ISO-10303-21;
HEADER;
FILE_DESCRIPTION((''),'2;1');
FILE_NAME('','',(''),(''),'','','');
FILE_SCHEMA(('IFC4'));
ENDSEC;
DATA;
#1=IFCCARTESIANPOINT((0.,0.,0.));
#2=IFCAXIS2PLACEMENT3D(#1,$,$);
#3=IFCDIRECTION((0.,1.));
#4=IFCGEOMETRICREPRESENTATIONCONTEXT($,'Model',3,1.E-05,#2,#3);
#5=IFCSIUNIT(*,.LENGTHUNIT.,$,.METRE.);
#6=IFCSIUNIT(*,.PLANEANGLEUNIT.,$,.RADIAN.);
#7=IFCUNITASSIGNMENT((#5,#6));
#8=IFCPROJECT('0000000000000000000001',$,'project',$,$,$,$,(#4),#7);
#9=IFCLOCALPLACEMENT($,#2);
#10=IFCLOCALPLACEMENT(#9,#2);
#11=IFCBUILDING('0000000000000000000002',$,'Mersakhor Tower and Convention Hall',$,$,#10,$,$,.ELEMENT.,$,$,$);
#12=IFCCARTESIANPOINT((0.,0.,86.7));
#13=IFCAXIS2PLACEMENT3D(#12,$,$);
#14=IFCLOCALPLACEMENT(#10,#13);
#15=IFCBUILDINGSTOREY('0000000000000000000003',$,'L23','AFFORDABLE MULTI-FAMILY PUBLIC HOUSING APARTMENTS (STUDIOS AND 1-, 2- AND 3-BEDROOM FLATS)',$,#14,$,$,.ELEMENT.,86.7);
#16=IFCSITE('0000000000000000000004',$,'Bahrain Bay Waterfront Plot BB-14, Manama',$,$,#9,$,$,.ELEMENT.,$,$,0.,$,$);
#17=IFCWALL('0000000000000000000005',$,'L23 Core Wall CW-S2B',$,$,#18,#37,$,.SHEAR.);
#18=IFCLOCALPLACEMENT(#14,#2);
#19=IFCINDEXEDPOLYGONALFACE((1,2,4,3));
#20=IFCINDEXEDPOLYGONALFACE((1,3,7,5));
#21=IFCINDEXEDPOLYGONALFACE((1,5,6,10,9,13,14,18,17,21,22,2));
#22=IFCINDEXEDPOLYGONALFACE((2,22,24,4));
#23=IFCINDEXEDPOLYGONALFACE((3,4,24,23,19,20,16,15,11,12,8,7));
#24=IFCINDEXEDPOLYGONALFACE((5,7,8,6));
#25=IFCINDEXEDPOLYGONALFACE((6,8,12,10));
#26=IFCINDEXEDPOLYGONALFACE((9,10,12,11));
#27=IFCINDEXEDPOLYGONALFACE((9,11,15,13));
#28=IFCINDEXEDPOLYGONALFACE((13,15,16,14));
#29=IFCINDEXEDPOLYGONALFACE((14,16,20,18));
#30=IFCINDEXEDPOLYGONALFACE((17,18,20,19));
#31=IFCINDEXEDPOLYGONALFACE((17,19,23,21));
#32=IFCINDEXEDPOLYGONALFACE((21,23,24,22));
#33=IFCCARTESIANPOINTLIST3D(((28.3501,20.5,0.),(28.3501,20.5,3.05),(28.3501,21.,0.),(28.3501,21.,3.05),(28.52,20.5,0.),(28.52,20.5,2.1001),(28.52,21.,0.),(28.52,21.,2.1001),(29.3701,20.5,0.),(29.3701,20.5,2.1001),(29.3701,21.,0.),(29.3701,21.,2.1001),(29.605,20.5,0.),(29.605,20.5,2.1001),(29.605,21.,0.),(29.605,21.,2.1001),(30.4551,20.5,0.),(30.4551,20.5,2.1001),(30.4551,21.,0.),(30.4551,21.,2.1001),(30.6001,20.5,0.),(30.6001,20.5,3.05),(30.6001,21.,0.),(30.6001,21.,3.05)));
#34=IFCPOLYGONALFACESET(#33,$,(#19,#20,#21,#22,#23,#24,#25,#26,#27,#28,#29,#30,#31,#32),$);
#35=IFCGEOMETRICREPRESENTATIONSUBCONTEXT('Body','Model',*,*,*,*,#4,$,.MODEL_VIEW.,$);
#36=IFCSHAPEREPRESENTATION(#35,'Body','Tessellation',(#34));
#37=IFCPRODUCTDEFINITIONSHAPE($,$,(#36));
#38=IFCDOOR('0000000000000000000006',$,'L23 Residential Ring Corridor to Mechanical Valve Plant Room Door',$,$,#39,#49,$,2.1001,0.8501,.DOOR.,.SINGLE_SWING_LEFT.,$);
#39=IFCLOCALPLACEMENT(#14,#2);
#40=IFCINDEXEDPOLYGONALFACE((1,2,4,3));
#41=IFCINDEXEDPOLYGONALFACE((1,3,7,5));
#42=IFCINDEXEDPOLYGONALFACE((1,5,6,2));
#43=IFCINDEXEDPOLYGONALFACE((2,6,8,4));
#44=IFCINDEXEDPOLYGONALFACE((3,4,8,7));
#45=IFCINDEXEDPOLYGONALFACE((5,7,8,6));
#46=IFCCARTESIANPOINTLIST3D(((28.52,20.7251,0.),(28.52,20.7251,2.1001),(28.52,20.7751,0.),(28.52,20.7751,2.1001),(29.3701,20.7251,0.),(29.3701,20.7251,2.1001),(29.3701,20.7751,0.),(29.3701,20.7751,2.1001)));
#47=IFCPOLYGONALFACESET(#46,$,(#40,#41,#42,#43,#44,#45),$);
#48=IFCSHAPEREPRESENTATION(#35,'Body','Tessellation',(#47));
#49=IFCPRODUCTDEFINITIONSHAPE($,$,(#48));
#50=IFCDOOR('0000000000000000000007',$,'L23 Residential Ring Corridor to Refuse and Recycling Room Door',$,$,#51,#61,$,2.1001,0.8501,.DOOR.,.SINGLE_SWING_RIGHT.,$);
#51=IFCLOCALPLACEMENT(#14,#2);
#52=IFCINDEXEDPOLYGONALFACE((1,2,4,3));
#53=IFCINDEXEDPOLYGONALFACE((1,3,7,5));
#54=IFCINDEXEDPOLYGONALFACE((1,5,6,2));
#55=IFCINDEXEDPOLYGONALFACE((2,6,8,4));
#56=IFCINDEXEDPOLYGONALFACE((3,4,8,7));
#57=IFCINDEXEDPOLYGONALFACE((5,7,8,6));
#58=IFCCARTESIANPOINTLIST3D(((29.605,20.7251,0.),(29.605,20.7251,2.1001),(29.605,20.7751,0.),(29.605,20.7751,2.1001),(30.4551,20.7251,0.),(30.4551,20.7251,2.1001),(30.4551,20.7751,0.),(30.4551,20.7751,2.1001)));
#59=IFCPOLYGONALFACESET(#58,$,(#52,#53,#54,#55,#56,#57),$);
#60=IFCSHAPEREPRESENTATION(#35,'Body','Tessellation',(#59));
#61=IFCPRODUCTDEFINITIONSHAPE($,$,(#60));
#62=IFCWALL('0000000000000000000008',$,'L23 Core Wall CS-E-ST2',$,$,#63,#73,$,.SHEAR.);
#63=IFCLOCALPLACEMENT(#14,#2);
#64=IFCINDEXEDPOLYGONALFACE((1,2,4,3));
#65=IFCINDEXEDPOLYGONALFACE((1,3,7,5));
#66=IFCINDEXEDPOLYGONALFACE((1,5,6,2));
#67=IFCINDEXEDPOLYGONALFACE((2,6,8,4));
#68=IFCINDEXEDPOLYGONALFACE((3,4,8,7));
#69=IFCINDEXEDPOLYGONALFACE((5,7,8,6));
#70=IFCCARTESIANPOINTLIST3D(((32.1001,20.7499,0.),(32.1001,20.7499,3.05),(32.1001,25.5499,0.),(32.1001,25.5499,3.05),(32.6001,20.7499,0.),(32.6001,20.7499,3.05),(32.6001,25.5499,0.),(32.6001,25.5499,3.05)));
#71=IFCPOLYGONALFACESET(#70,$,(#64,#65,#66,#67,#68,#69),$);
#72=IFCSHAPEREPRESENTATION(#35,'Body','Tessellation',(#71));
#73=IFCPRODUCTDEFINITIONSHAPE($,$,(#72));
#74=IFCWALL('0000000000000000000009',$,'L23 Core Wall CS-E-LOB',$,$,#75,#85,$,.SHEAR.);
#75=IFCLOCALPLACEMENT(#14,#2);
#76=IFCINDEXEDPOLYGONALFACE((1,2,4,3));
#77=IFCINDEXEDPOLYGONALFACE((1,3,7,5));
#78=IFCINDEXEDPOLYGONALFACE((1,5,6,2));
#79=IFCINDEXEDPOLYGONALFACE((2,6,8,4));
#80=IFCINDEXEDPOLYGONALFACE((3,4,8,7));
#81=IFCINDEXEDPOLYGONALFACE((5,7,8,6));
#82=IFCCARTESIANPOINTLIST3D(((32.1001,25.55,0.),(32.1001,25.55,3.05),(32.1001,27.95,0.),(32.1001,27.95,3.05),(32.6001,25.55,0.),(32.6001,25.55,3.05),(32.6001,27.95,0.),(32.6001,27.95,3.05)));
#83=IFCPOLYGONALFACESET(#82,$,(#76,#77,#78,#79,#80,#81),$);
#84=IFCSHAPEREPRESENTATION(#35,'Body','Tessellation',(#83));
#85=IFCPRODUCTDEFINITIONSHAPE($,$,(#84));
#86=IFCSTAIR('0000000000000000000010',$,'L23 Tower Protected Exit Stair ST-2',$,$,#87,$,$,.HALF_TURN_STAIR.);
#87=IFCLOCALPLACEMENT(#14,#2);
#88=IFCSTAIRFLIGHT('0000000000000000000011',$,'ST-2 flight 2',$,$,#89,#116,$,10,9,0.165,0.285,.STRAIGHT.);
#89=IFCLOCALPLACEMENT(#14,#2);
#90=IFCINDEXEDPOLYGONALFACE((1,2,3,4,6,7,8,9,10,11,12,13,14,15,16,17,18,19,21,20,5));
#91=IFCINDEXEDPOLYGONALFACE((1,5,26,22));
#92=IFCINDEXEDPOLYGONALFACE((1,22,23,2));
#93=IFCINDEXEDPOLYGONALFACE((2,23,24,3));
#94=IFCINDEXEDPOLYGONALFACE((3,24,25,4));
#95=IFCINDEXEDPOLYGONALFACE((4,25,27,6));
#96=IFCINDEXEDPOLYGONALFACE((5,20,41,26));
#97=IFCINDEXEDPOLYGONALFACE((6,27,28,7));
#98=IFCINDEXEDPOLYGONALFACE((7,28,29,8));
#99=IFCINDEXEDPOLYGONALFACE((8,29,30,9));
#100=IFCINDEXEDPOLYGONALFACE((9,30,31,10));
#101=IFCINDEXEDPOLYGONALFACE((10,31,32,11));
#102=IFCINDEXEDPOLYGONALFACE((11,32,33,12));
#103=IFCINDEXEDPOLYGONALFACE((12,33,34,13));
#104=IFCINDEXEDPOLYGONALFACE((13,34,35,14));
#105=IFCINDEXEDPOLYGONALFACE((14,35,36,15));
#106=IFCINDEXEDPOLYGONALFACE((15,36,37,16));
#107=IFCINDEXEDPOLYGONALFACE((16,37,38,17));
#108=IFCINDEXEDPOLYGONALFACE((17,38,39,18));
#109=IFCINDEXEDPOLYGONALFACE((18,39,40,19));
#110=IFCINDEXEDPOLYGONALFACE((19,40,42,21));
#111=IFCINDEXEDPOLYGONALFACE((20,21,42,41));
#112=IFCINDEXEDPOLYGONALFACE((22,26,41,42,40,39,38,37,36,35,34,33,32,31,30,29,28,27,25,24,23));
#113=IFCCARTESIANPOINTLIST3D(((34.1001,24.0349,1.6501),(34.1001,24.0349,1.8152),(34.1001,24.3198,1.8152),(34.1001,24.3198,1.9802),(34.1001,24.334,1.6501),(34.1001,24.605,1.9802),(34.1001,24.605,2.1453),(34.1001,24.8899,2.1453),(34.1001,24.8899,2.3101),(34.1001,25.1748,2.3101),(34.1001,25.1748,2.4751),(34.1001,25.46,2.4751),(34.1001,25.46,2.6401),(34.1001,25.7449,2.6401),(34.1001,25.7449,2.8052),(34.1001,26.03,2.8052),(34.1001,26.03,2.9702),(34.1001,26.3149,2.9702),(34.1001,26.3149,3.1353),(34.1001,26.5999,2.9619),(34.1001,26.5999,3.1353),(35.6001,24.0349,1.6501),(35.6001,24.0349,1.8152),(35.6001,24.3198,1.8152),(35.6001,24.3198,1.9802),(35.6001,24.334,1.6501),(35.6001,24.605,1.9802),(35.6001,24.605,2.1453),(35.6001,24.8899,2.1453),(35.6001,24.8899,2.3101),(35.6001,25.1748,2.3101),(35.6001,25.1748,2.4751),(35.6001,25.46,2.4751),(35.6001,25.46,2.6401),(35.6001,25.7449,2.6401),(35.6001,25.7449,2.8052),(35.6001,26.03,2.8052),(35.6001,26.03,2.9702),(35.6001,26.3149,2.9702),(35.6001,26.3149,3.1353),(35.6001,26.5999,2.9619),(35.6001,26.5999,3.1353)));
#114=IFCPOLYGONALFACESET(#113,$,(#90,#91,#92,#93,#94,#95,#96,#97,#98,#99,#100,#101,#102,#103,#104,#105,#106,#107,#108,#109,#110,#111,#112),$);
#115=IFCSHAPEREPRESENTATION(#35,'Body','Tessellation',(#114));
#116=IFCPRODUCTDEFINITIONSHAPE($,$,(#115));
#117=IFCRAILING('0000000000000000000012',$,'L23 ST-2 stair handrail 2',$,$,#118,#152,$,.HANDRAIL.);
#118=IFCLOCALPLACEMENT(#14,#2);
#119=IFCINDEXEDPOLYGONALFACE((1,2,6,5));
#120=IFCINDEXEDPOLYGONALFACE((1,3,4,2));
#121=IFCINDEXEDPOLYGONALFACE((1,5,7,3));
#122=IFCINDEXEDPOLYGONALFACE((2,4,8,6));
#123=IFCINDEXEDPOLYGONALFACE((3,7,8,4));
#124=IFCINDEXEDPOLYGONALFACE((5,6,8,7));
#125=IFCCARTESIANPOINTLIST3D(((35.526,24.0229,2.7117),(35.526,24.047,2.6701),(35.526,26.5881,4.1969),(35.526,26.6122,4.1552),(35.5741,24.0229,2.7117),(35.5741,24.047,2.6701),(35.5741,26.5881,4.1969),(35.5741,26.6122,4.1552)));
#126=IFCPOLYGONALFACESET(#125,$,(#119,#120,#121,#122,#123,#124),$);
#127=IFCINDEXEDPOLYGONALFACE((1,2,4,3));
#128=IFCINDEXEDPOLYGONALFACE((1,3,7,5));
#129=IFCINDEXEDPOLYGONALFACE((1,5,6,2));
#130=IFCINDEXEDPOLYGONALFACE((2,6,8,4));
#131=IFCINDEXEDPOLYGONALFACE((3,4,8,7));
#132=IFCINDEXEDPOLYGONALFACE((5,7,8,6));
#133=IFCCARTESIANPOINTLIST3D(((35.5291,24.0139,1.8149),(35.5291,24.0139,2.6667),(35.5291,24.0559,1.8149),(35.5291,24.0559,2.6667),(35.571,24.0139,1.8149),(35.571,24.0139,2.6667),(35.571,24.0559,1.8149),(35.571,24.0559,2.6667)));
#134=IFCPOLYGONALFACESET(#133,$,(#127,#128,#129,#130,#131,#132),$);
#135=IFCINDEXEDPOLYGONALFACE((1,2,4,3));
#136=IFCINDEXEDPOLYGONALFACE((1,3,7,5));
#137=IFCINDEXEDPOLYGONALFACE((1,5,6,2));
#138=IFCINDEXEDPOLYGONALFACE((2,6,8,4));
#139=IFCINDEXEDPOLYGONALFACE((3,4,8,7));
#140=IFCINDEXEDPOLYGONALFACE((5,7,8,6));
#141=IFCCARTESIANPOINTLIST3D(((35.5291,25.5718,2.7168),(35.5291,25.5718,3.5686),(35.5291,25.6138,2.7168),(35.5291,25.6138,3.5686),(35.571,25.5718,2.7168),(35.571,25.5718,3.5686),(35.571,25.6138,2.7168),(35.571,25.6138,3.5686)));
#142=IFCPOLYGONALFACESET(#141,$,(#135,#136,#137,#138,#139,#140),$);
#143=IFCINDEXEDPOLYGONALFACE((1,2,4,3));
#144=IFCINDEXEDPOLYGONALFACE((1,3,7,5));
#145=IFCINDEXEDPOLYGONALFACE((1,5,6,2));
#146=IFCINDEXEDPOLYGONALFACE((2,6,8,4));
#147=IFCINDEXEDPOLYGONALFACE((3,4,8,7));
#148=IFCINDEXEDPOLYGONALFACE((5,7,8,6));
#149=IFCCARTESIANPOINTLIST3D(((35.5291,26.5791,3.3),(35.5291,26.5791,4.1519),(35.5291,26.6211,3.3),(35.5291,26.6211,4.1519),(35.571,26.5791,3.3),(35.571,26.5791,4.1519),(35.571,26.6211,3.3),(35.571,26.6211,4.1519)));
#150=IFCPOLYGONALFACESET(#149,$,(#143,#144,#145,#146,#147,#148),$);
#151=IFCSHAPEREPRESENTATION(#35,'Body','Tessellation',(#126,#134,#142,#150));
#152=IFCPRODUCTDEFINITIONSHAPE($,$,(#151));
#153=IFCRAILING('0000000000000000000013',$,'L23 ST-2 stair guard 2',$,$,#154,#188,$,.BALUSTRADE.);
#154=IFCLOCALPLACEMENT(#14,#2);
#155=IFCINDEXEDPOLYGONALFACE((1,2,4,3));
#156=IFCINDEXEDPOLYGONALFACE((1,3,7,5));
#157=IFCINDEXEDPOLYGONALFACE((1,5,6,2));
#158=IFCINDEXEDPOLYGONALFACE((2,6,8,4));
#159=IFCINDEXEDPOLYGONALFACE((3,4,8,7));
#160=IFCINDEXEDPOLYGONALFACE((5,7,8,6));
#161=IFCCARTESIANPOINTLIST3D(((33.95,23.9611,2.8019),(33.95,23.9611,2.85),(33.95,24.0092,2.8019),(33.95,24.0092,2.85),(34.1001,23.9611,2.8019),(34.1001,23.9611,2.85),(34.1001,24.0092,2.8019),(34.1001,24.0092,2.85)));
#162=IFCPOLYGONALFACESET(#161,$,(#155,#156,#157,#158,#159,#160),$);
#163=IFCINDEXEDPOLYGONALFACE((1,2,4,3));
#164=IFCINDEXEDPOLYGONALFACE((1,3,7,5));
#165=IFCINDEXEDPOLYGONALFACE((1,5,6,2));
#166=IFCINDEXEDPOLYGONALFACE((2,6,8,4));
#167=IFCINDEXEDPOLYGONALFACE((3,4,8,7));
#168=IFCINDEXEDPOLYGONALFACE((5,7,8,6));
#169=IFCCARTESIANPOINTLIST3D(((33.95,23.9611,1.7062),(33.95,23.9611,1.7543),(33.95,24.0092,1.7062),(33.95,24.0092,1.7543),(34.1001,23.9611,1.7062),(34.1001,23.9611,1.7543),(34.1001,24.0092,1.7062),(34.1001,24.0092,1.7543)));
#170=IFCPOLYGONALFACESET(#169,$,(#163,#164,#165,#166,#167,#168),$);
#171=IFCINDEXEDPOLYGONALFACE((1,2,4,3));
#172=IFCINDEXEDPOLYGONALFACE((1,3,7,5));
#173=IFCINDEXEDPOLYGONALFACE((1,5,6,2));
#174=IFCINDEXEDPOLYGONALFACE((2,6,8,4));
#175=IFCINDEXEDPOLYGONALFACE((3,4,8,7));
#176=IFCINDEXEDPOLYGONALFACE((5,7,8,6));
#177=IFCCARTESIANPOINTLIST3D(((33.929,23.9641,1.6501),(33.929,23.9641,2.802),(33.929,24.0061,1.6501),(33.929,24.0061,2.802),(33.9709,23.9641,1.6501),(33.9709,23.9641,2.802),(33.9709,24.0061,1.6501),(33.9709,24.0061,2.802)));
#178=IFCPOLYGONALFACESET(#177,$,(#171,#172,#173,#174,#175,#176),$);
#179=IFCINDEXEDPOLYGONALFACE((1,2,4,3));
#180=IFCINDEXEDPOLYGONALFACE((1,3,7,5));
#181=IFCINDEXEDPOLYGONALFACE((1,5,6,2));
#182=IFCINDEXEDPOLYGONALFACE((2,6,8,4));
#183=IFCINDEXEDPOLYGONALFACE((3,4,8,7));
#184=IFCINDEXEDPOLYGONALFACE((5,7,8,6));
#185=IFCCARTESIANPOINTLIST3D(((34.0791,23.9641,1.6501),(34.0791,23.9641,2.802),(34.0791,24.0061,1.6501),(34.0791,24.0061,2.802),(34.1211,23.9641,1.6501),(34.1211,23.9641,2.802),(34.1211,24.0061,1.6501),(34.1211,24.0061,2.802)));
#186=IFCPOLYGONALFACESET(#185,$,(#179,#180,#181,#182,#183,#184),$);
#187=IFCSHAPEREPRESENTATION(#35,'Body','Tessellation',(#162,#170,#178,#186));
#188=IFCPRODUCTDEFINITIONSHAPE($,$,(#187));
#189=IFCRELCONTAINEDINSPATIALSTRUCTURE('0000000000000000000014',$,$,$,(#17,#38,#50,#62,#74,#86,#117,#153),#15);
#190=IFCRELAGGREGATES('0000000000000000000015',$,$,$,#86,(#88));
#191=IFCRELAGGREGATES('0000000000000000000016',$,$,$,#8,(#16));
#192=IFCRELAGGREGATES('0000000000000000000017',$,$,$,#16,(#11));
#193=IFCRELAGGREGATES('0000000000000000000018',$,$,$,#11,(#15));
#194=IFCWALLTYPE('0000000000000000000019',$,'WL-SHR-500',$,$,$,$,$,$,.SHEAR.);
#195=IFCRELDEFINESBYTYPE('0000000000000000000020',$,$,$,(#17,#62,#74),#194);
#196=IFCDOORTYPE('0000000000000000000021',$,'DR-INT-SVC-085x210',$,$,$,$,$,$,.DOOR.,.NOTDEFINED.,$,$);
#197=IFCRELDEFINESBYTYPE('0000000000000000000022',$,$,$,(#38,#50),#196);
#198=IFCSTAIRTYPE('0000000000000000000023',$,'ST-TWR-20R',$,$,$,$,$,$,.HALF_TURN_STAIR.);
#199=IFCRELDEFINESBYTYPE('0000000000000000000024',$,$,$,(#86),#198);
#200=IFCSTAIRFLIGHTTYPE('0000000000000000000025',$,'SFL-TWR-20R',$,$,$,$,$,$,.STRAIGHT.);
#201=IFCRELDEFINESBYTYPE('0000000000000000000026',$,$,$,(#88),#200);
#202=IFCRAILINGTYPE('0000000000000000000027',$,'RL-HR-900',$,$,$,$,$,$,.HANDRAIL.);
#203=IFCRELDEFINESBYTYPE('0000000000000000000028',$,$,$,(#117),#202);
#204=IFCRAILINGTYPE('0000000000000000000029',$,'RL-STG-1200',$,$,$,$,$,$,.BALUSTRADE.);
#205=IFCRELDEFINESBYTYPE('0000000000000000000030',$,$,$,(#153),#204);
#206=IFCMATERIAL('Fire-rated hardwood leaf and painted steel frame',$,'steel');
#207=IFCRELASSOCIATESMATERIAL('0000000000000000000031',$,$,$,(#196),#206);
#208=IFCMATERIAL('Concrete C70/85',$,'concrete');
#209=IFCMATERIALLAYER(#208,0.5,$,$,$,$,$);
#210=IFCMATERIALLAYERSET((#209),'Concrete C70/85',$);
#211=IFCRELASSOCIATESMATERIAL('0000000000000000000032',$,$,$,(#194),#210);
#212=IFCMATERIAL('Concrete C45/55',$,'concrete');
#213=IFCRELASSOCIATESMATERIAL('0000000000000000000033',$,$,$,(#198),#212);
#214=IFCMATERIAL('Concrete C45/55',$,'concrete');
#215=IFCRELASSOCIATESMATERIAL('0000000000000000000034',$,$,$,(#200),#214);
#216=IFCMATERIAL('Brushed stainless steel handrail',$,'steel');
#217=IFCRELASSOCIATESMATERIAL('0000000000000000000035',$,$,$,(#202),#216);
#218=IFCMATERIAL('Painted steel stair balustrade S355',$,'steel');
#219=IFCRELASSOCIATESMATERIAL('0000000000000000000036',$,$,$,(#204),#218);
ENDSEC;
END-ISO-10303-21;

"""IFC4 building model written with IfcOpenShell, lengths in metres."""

from ifc_helpers import new_model, si_unit, direction, frame, frame_2d, origin, origin_2d, place, context, subcontext, project, spatial, polyline, rectangle, outline, extrude, material, layer, layer_set, type_object, element, fill, aggregate, save


model = new_model("IFC4")

# Units and contexts
model_context = context("Model", 3, precision=1e-05, world=origin(), true_north=direction((0.0, 1.0)))
body_context = subcontext(model_context, "Body", "Model", "MODEL_VIEW")
ifc_project = project(units=[si_unit("LENGTHUNIT", "METRE"), si_unit("PLANEANGLEUNIT", "RADIAN")], contexts=[model_context])

# Site, building, storey
site_placement = place(None, origin())
site = spatial("IfcSite", under=ifc_project, at=site_placement, Name="Bahrain Bay Waterfront Plot BB-14, Manama", CompositionType="ELEMENT", RefElevation=0.0)
building_placement = place(site_placement, origin())
building = spatial("IfcBuilding", under=site, at=building_placement, Name="Mersakhor Tower and Convention Hall", CompositionType="ELEMENT")
storey_placement = place(building_placement, frame((0.0, 0.0, 86.7)))
storey = spatial("IfcBuildingStorey", under=building, at=storey_placement, Name="L23", Description="AFFORDABLE MULTI-FAMILY PUBLIC HOUSING APARTMENTS (STUDIOS AND 1-, 2- AND 3-BEDROOM FLATS)", CompositionType="ELEMENT", Elevation=86.7)

# Shared definitions
ifc_material_1 = material(Name="Fire-rated hardwood leaf and painted steel frame", Category="steel")
door_type_1 = type_object("IfcDoorType", Name="DR-INT-SVC-085x210", OperationType="NOTDEFINED", PredefinedType="DOOR", material=ifc_material_1)

# Shared definitions
ifc_material_2 = material(Name="Concrete C70/85", Category="concrete")
ifc_layer_1 = layer(ifc_material_2, 0.5)
ifc_layer_set_1 = layer_set([ifc_layer_1], Name="Concrete C70/85")
wall_type_1 = type_object("IfcWallType", Name="WL-SHR-500", PredefinedType="SHEAR", material=ifc_layer_set_1)

# Wall, openings, doors
wall_1_placement = place(storey_placement, frame((30.6001, 20.75, 0.0), z_axis=(0.0, 0.0, 1.0), x_axis=(-1.0, 0.0, 0.0)))
wall_1 = element("IfcWall", 1, at=wall_1_placement, inside=storey, type_object=wall_type_1, Name="L23 Core Wall CW-S2B", PredefinedType="SHEAR", context=body_context, shape_type="SweptSolid", body=[
    extrude(rectangle(XDim=2.25, YDim=0.5, at=frame_2d((1.125, 0.0))), origin(), (0.0, 0.0, 1.0), 3.05),
])
opening_1_placement = place(wall_1_placement, frame((1.23, 0.0, 0.0)))
opening_1 = element("IfcOpeningElement", 2, at=opening_1_placement, cuts=wall_1, PredefinedType="OPENING", context=body_context, shape_type="SweptSolid", body=[
    extrude(rectangle(XDim=0.8501, YDim=2.1001, at=frame_2d((0.425, 1.05))), frame((0.0, 0.26, 0.0), z_axis=(0.0, -1.0, 0.0), x_axis=(1.0, 0.0, 0.0)), (0.0, 0.0, 1.0), 0.52),
])
opening_2_placement = place(wall_1_placement, frame((0.145, 0.0, 0.0)))
opening_2 = element("IfcOpeningElement", 3, at=opening_2_placement, cuts=wall_1, PredefinedType="OPENING", context=body_context, shape_type="SweptSolid", body=[
    extrude(rectangle(XDim=0.8501, YDim=2.1001, at=frame_2d((0.425, 1.05))), frame((0.0, 0.26, 0.0), z_axis=(0.0, -1.0, 0.0), x_axis=(1.0, 0.0, 0.0)), (0.0, 0.0, 1.0), 0.52),
])
door_1_placement = place(opening_1_placement, origin())
door_1 = element("IfcDoor", 4, at=door_1_placement, inside=storey, type_object=door_type_1, Name="L23 Residential Ring Corridor to Mechanical Valve Plant Room Door", OperationType="SINGLE_SWING_LEFT", OverallHeight=2.1001, OverallWidth=0.8501, PredefinedType="DOOR", context=body_context, shape_type="SweptSolid", body=[
    extrude(rectangle(XDim=0.8501, YDim=2.1001, at=frame_2d((0.425, 1.05))), frame((0.0, 0.0249, 0.0), z_axis=(0.0, -1.0, 0.0), x_axis=(1.0, 0.0, 0.0)), (0.0, 0.0, 1.0), 0.05),
])
fill(opening_1, door_1)
door_2_placement = place(opening_2_placement, origin())
door_2 = element("IfcDoor", 5, at=door_2_placement, inside=storey, type_object=door_type_1, Name="L23 Residential Ring Corridor to Refuse and Recycling Room Door", OperationType="SINGLE_SWING_RIGHT", OverallHeight=2.1001, OverallWidth=0.8501, PredefinedType="DOOR", context=body_context, shape_type="SweptSolid", body=[
    extrude(rectangle(XDim=0.8501, YDim=2.1001, at=frame_2d((0.425, 1.05))), frame((0.0, 0.0249, 0.0), z_axis=(0.0, -1.0, 0.0), x_axis=(1.0, 0.0, 0.0)), (0.0, 0.0, 1.0), 0.05),
])
fill(opening_2, door_2)

# Walls
wall_2_placement = place(storey_placement, frame((32.3501, 20.75, 0.0), z_axis=(0.0, 0.0, 1.0), x_axis=(0.0, 1.0, 0.0)))
element("IfcWall", 6, at=wall_2_placement, inside=storey, type_object=wall_type_1, Name="L23 Core Wall CS-E-ST2", PredefinedType="SHEAR", context=body_context, shape_type="SweptSolid", body=[
    extrude(rectangle(XDim=4.8, YDim=0.5, at=frame_2d((2.3999, 0.0))), origin(), (0.0, 0.0, 1.0), 3.05),
])
wall_3_placement = place(storey_placement, frame((32.3501, 25.55, 0.0), z_axis=(0.0, 0.0, 1.0), x_axis=(0.0, 1.0, 0.0)))
element("IfcWall", 7, at=wall_3_placement, inside=storey, type_object=wall_type_1, Name="L23 Core Wall CS-E-LOB", PredefinedType="SHEAR", context=body_context, shape_type="SweptSolid", body=[
    extrude(rectangle(XDim=2.3999, YDim=0.5, at=frame_2d((1.2, 0.0))), origin(), (0.0, 0.0, 1.0), 3.05),
])

# Stair, stair flight
ifc_material_3 = material(Name="Concrete C45/55", Category="concrete")
stair_type = type_object("IfcStairType", Name="ST-TWR-20R", PredefinedType="HALF_TURN_STAIR", material=ifc_material_3)
stair_placement = place(storey_placement, origin())
stair = element("IfcStair", 8, at=stair_placement, inside=storey, type_object=stair_type, Name="L23 Tower Protected Exit Stair ST-2", PredefinedType="HALF_TURN_STAIR")
ifc_material_4 = material(Name="Concrete C45/55", Category="concrete")
stair_flight_type = type_object("IfcStairFlightType", Name="SFL-TWR-20R", PredefinedType="STRAIGHT", material=ifc_material_4)
stair_flight_placement = place(storey_placement, frame((34.8501, 24.0349, 1.6501), z_axis=(0.0, 0.0, 1.0), x_axis=(0.0, 1.0, 0.0)))
stair_flight = element("IfcStairFlight", 9, at=stair_flight_placement, type_object=stair_flight_type, Name="ST-2 flight 2", NumberOfRisers=10, NumberOfTreads=9, PredefinedType="STRAIGHT", RiserHeight=0.165, TreadLength=0.285, context=body_context, shape_type="SweptSolid", body=[
    extrude(outline(polyline([(0.0, 0.0), (0.0, 0.165), (0.2849, 0.165), (0.2849, 0.3301), (0.5701, 0.3301), (0.5701, 0.4951), (0.855, 0.4951), (0.855, 0.6599), (1.1399, 0.6599), (1.1399, 0.825), (1.425, 0.825), (1.425, 0.99), (1.71, 0.99), (1.71, 1.155), (1.9951, 1.155), (1.9951, 1.3201), (2.28, 1.3201), (2.28, 1.4851), (2.5649, 1.4851), (2.5649, 1.6499), (2.5649, 1.3118), (0.2991, 0.0), (0.0, 0.0)])), frame((0.0, 0.75, 0.0), z_axis=(0.0, -1.0, 0.0), x_axis=(1.0, 0.0, 0.0)), (0.0, 0.0, 1.0), 1.5),
])
aggregate(stair, [stair_flight])

# Railings
ifc_material_5 = material(Name="Brushed stainless steel handrail", Category="steel")
railing_type_1 = type_object("IfcRailingType", Name="RL-HR-900", PredefinedType="HANDRAIL", material=ifc_material_5)
railing_1_placement = place(storey_placement, frame((35.55, 24.0349, 1.8149)))
element("IfcRailing", 10, at=railing_1_placement, inside=storey, type_object=railing_type_1, Name="L23 ST-2 stair handrail 2", PredefinedType="HANDRAIL", context=body_context, shape_type="SweptSolid", body=[
    extrude(rectangle(XDim=0.0481, YDim=0.0481, at=origin_2d()), frame((0.0, 0.0, 0.876), z_axis=(0.0, 0.865426, 0.501036), x_axis=(-1.0, 0.0, 0.0)), (0.0, 0.0, 1.0), 2.9641),
    extrude(rectangle(XDim=0.042, YDim=0.042, at=origin_2d()), origin(), (0.0, 0.0, 1.0), 0.8518),
    extrude(rectangle(XDim=0.042, YDim=0.042, at=origin_2d()), frame((0.0, 1.5579, 0.9019)), (0.0, 0.0, 1.0), 0.8518),
    extrude(rectangle(XDim=0.042, YDim=0.042, at=origin_2d()), frame((0.0, 2.5652, 1.4851)), (0.0, 0.0, 1.0), 0.8518),
])
ifc_material_6 = material(Name="Painted steel stair balustrade S355", Category="steel")
railing_type_2 = type_object("IfcRailingType", Name="RL-STG-1200", PredefinedType="BALUSTRADE", material=ifc_material_6)
railing_2_placement = place(storey_placement, frame((33.95, 23.9851, 1.6501)))
element("IfcRailing", 11, at=railing_2_placement, inside=storey, type_object=railing_type_2, Name="L23 ST-2 stair guard 2", PredefinedType="BALUSTRADE", context=body_context, shape_type="SweptSolid", body=[
    extrude(rectangle(XDim=0.0481, YDim=0.0481, at=origin_2d()), frame((0.0, 0.0, 1.1758), z_axis=(1.0, 0.0, 0.0), x_axis=(0.0, 1.0, 0.0)), (0.0, 0.0, 1.0), 0.1501),
    extrude(rectangle(XDim=0.0481, YDim=0.0481, at=origin_2d()), frame((0.0, 0.0, 0.0801), z_axis=(1.0, 0.0, 0.0), x_axis=(0.0, 1.0, 0.0)), (0.0, 0.0, 1.0), 0.1501),
    extrude(rectangle(XDim=0.042, YDim=0.042, at=origin_2d()), origin(), (0.0, 0.0, 1.0), 1.1519),
    extrude(rectangle(XDim=0.042, YDim=0.042, at=origin_2d()), frame((0.1501, 0.0, 0.0)), (0.0, 0.0, 1.0), 1.1519),
])

save(model, "model.ifc")
